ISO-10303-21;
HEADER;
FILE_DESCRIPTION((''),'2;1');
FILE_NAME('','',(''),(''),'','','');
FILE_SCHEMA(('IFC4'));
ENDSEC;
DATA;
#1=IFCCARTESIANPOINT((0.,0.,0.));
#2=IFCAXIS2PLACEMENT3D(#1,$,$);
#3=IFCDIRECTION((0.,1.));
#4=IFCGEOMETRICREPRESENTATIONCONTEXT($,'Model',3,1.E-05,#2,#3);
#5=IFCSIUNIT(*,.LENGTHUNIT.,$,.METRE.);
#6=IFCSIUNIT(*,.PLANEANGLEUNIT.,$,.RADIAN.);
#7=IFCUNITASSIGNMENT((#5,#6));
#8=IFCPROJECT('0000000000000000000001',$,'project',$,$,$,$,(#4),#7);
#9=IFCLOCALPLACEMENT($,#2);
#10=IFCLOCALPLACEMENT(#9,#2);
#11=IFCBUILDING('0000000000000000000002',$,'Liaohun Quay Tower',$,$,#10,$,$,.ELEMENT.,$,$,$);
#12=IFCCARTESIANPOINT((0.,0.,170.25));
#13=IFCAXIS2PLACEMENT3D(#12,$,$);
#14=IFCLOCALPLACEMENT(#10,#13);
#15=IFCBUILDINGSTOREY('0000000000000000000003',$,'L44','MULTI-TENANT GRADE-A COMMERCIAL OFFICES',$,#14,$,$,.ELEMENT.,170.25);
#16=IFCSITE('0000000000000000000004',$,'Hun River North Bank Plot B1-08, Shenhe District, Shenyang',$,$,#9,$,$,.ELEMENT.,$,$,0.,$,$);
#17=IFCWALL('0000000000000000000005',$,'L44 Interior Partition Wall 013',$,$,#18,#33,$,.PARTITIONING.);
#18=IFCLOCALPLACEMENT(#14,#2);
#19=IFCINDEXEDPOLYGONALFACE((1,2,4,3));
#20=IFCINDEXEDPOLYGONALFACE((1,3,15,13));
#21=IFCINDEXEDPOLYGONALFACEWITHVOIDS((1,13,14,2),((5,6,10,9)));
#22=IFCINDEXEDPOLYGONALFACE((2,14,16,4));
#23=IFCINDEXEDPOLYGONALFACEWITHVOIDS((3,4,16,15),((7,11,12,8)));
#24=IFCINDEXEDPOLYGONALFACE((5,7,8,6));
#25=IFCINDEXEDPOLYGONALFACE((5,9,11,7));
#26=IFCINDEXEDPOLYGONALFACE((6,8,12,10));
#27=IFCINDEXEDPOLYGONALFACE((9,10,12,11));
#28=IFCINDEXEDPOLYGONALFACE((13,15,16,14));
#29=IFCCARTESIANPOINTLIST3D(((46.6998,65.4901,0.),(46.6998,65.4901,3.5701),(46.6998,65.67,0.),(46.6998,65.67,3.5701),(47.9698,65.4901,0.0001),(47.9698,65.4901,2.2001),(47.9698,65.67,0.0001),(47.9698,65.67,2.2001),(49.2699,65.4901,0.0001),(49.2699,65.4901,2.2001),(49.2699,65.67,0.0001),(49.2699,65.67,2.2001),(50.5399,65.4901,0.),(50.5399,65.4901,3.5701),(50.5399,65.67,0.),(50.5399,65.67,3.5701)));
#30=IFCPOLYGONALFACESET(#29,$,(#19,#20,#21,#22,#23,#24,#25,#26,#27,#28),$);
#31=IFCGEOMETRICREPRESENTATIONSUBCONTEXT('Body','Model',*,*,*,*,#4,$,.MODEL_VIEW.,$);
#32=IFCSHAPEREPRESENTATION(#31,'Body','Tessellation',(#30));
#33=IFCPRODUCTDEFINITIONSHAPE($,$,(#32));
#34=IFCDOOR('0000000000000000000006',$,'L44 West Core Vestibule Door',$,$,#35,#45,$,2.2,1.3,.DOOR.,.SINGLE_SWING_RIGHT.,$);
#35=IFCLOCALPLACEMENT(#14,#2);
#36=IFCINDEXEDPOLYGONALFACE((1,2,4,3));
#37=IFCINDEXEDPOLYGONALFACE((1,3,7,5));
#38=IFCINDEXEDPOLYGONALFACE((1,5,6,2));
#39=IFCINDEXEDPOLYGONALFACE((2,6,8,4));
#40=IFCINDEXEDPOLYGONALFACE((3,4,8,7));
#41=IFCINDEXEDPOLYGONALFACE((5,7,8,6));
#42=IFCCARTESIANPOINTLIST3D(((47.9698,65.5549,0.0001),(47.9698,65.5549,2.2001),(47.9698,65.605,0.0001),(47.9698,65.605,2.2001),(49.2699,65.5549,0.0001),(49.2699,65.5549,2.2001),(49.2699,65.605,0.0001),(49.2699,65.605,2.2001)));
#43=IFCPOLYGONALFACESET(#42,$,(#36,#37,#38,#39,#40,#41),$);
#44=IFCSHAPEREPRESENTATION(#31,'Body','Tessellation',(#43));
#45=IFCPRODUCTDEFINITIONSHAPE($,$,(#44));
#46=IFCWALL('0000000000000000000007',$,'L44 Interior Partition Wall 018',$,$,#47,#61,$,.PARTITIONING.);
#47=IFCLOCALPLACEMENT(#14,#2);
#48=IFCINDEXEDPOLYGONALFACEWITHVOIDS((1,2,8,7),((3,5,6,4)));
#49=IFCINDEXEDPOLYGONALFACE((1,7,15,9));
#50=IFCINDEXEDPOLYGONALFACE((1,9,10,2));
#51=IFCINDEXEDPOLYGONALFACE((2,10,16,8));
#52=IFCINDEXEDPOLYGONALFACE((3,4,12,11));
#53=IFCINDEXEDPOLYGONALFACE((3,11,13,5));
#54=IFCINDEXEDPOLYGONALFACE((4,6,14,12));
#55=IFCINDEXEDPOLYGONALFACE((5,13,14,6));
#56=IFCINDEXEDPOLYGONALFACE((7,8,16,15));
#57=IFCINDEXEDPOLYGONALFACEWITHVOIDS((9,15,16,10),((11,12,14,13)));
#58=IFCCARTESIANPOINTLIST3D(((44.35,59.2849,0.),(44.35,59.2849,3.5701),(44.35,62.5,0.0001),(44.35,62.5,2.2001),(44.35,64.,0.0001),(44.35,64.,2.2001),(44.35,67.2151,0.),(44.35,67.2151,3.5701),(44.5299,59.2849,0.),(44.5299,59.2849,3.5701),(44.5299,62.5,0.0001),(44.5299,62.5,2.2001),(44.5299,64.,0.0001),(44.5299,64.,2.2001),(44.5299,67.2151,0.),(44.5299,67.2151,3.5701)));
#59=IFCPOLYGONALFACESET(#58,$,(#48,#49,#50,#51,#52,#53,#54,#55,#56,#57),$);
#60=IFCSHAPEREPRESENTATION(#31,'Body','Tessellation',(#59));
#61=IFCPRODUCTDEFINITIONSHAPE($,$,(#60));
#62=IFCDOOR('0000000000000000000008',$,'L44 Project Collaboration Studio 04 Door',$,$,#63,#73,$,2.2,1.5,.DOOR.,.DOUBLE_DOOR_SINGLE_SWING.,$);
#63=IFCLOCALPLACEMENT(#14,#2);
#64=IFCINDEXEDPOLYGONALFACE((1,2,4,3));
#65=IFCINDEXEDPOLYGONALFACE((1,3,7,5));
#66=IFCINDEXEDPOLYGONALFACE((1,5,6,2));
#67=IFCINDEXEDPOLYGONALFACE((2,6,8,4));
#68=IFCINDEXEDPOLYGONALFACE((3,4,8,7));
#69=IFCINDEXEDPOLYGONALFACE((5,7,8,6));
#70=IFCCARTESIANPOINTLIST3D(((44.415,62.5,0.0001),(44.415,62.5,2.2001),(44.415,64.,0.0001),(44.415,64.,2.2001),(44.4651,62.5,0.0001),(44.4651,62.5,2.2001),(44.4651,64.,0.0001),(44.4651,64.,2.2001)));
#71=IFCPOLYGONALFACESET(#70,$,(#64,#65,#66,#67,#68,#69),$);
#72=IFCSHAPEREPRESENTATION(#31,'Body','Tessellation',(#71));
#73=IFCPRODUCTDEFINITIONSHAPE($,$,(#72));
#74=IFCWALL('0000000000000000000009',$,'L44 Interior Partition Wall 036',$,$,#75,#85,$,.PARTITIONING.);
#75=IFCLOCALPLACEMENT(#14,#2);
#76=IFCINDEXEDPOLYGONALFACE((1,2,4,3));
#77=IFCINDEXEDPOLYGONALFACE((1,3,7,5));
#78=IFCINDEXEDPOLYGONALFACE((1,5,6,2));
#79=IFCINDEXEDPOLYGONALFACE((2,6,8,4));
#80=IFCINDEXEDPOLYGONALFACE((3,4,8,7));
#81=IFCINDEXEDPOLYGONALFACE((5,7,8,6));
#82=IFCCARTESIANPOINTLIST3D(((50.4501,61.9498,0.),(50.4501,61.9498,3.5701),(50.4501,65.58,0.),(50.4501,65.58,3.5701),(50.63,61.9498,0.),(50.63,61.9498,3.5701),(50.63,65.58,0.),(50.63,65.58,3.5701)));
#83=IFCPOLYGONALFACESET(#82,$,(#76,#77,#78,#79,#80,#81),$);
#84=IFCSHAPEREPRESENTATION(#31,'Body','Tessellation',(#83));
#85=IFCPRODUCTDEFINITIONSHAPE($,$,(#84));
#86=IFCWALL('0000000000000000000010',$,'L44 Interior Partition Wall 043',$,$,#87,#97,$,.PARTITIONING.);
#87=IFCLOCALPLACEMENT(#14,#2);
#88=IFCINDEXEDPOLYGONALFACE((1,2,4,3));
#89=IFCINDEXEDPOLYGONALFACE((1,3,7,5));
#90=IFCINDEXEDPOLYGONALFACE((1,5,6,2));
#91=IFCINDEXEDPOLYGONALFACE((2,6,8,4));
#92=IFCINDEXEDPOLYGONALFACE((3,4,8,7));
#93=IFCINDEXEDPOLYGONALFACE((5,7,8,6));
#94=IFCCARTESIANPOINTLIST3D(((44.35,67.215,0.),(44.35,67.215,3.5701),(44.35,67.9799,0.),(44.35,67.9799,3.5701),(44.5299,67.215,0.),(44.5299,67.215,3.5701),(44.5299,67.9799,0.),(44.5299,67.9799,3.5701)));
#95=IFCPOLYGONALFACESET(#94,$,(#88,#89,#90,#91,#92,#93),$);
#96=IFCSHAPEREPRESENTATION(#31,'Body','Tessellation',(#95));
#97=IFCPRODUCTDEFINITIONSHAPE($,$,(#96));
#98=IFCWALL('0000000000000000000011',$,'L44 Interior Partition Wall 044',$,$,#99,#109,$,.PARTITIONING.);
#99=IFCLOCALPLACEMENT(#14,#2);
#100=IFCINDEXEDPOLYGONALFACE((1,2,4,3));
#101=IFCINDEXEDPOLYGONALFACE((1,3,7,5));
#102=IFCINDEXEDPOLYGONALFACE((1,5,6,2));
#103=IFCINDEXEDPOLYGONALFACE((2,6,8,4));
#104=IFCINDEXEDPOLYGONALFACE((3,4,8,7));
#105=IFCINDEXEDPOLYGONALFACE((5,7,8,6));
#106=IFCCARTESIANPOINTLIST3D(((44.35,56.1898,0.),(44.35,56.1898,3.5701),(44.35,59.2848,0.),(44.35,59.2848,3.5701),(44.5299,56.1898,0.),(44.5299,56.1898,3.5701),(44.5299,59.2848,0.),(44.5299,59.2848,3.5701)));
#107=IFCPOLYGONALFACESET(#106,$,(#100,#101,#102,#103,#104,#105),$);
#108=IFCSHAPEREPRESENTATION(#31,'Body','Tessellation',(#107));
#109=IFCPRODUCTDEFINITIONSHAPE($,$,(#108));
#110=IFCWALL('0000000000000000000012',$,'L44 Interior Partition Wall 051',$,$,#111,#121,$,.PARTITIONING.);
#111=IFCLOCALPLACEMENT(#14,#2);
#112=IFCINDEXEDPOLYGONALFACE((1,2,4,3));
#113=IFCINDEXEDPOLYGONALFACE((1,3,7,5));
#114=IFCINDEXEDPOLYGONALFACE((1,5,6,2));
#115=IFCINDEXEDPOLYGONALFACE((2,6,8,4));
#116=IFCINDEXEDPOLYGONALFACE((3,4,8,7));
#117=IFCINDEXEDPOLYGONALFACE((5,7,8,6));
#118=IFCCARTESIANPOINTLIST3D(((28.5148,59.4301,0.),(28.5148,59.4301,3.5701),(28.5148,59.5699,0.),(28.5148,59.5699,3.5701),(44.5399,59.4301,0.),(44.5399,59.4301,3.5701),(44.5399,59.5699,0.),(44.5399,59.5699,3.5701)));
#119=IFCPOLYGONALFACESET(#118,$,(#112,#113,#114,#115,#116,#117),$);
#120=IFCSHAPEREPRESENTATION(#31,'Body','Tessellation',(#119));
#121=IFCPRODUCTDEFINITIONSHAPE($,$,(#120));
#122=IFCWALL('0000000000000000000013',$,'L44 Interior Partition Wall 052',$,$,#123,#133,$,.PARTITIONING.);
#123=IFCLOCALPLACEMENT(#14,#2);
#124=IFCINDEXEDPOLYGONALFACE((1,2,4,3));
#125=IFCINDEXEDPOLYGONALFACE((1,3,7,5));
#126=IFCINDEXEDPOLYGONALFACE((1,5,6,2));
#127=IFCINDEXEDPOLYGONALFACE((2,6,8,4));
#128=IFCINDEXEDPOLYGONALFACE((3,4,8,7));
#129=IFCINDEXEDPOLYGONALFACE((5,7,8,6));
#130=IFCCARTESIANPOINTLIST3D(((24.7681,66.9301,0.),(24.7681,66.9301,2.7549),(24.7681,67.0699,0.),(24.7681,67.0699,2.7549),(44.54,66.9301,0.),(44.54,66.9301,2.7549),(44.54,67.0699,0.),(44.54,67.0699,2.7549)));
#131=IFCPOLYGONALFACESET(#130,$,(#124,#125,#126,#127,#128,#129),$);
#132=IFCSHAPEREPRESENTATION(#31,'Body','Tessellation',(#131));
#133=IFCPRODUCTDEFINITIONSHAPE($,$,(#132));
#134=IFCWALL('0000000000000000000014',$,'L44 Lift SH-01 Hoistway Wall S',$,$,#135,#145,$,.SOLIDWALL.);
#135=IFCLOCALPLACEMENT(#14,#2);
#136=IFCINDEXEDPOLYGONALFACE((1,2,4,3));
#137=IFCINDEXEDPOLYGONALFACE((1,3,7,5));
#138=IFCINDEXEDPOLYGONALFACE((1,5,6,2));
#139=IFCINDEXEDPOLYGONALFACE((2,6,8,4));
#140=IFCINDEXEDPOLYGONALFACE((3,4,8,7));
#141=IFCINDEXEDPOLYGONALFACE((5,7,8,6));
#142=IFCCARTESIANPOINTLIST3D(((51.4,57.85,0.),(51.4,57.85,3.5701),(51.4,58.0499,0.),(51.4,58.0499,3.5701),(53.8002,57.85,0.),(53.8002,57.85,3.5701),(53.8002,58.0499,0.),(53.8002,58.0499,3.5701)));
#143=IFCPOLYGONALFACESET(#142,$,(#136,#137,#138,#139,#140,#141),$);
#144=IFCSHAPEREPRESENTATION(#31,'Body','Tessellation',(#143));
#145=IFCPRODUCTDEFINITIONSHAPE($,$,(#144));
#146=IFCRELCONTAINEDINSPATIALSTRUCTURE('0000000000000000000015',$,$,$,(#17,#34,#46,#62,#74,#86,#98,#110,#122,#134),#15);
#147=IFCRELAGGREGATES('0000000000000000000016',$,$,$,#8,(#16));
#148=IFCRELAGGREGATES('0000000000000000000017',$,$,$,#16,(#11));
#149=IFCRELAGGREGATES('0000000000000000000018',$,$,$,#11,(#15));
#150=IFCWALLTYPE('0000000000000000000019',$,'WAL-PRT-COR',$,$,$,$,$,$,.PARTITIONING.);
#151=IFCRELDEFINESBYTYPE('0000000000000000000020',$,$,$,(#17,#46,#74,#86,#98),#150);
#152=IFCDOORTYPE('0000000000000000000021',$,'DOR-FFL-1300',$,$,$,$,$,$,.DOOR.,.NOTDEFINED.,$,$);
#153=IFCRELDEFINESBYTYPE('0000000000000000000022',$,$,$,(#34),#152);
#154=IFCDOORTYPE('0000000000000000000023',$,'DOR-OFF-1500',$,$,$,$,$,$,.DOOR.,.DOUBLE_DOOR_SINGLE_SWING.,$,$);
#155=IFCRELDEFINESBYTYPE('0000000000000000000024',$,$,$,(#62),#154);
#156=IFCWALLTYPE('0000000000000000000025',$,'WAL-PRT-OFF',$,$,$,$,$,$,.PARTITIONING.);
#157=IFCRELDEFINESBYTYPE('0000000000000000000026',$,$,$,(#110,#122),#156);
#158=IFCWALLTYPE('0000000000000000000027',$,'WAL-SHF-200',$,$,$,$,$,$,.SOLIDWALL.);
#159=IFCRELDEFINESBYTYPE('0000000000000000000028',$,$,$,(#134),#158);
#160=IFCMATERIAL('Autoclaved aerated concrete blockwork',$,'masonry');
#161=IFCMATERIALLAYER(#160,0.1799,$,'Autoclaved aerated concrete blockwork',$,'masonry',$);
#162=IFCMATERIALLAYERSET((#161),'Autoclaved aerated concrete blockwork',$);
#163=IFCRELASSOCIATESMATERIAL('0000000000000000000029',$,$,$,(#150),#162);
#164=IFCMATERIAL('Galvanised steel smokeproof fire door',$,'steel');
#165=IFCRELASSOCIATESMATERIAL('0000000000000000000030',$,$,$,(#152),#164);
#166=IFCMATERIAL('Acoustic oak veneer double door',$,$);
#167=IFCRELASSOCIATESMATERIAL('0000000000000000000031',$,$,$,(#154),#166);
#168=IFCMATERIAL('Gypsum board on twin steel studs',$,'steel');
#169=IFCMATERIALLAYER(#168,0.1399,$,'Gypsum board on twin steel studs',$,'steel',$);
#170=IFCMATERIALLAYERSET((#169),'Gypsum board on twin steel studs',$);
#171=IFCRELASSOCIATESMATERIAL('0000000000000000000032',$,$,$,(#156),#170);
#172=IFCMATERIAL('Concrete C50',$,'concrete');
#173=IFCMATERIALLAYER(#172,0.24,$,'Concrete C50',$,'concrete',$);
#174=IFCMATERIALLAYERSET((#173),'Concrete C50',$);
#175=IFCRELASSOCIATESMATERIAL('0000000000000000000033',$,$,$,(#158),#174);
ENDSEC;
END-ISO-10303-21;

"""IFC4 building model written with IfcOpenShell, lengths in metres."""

from ifc_helpers import new_model, si_unit, direction, frame, frame_2d, origin, place, context, subcontext, project, spatial, rectangle, extrude, source, transform, mapped, material, layer, layer_set, type_object, element, fill, save


model = new_model("IFC4")

# Units and contexts
model_context = context("Model", 3, precision=1e-05, world=origin(), true_north=direction((0.0, 1.0)))
body_context = subcontext(model_context, "Body", "Model", "MODEL_VIEW")
ifc_project = project(units=[si_unit("LENGTHUNIT", "METRE"), si_unit("PLANEANGLEUNIT", "RADIAN")], contexts=[model_context])

# Site, building, storey
site_placement = place(None, origin())
site = spatial("IfcSite", under=ifc_project, at=site_placement, Name="Hun River North Bank Plot B1-08, Shenhe District, Shenyang", CompositionType="ELEMENT", RefElevation=0.0)
building_placement = place(site_placement, origin())
building = spatial("IfcBuilding", under=site, at=building_placement, Name="Liaohun Quay Tower", CompositionType="ELEMENT")
storey_placement = place(building_placement, frame((0.0, 0.0, 170.25)))
storey = spatial("IfcBuildingStorey", under=building, at=storey_placement, Name="L44", Description="MULTI-TENANT GRADE-A COMMERCIAL OFFICES", CompositionType="ELEMENT", Elevation=170.25)

# Walls, openings, doors
ifc_material_1 = material(Name="Autoclaved aerated concrete blockwork", Category="masonry")
ifc_layer_1 = layer(ifc_material_1, 0.1799, Name="Autoclaved aerated concrete blockwork", Category="masonry")
ifc_layer_set_1 = layer_set([ifc_layer_1], Name="Autoclaved aerated concrete blockwork")
wall_type_1 = type_object("IfcWallType", Name="WAL-PRT-COR", PredefinedType="PARTITIONING", material=ifc_layer_set_1)
wall_1_placement = place(storey_placement, frame((46.7, 65.5801, 0.0), z_axis=(0.0, 0.0, 1.0), x_axis=(1.0, 0.0, 0.0)))
wall_1 = element("IfcWall", 1, at=wall_1_placement, inside=storey, type_object=wall_type_1, Name="L44 Interior Partition Wall 013", PredefinedType="PARTITIONING", context=body_context, shape_type="SweptSolid", body=[
    extrude(rectangle(XDim=3.8401, YDim=0.1799, at=frame_2d((1.9199, 0.0))), origin(), (0.0, 0.0, 1.0), 3.5701),
])
shared_shape_1 = source(origin(), body_context, "Body", "SweptSolid", [
    extrude(rectangle(XDim=1.3, YDim=2.2, at=frame_2d((0.6499, 1.1001))), frame((0.0, 0.0999, 0.0), z_axis=(0.0, -1.0, 0.0), x_axis=(1.0, 0.0, 0.0)), (0.0, 0.0, 1.0), 0.2),
])
opening_1_placement = place(wall_1_placement, frame((1.27, 0.0, 0.0)))
opening_1 = element("IfcOpeningElement", 2, at=opening_1_placement, cuts=wall_1, PredefinedType="OPENING", context=body_context, shape_type="MappedRepresentation", body=[
    mapped(shared_shape_1, transform((0.0, 0.0, 0.0), x_axis=(1.0, 0.0, 0.0), y_axis=(0.0, 1.0, 0.0), z_axis=(0.0, 0.0, 1.0), scale=1.0)),
])
ifc_material_2 = material(Name="Galvanised steel smokeproof fire door", Category="steel")
door_type_1 = type_object("IfcDoorType", Name="DOR-FFL-1300", OperationType="NOTDEFINED", PredefinedType="DOOR", material=ifc_material_2)
shared_shape_2 = source(origin(), body_context, "Body", "SweptSolid", [
    extrude(rectangle(XDim=1.3, YDim=2.2, at=frame_2d((0.6499, 1.1001))), frame((0.0, 0.0249, 0.0), z_axis=(0.0, -1.0, 0.0), x_axis=(1.0, 0.0, 0.0)), (0.0, 0.0, 1.0), 0.05),
])
door_1_placement = place(opening_1_placement, origin())
door_1 = element("IfcDoor", 3, at=door_1_placement, inside=storey, type_object=door_type_1, Name="L44 West Core Vestibule Door", OperationType="SINGLE_SWING_RIGHT", OverallHeight=2.2, OverallWidth=1.3, PredefinedType="DOOR", context=body_context, shape_type="MappedRepresentation", body=[
    mapped(shared_shape_2, transform((0.0, 0.0, 0.0), x_axis=(1.0, 0.0, 0.0), y_axis=(0.0, 1.0, 0.0), z_axis=(0.0, 0.0, 1.0), scale=1.0)),
])
fill(opening_1, door_1)
wall_2_placement = place(storey_placement, frame((44.4399, 59.2849, 0.0), z_axis=(0.0, 0.0, 1.0), x_axis=(0.0, 1.0, 0.0)))
wall_2 = element("IfcWall", 4, at=wall_2_placement, inside=storey, type_object=wall_type_1, Name="L44 Interior Partition Wall 018", PredefinedType="PARTITIONING", context=body_context, shape_type="SweptSolid", body=[
    extrude(rectangle(XDim=7.9302, YDim=0.1799, at=frame_2d((3.9651, 0.0))), origin(), (0.0, 0.0, 1.0), 3.5701),
])
shared_shape_3 = source(origin(), body_context, "Body", "SweptSolid", [
    extrude(rectangle(XDim=1.5, YDim=2.2, at=frame_2d((0.75, 1.1001))), frame((0.0, 0.0999, 0.0), z_axis=(0.0, -1.0, 0.0), x_axis=(1.0, 0.0, 0.0)), (0.0, 0.0, 1.0), 0.2),
])
opening_2_placement = place(wall_2_placement, frame((3.2151, 0.0, 0.0)))
opening_2 = element("IfcOpeningElement", 5, at=opening_2_placement, cuts=wall_2, PredefinedType="OPENING", context=body_context, shape_type="MappedRepresentation", body=[
    mapped(shared_shape_3, transform((0.0, 0.0, 0.0), x_axis=(1.0, 0.0, 0.0), y_axis=(0.0, 1.0, 0.0), z_axis=(0.0, 0.0, 1.0), scale=1.0)),
])
ifc_material_3 = material(Name="Acoustic oak veneer double door")
door_type_2 = type_object("IfcDoorType", Name="DOR-OFF-1500", OperationType="DOUBLE_DOOR_SINGLE_SWING", PredefinedType="DOOR", material=ifc_material_3)
shared_shape_4 = source(origin(), body_context, "Body", "SweptSolid", [
    extrude(rectangle(XDim=1.5, YDim=2.2, at=frame_2d((0.75, 1.1001))), frame((0.0, 0.0249, 0.0), z_axis=(0.0, -1.0, 0.0), x_axis=(1.0, 0.0, 0.0)), (0.0, 0.0, 1.0), 0.05),
])
door_2_placement = place(opening_2_placement, origin())
door_2 = element("IfcDoor", 6, at=door_2_placement, inside=storey, type_object=door_type_2, Name="L44 Project Collaboration Studio 04 Door", OperationType="DOUBLE_DOOR_SINGLE_SWING", OverallHeight=2.2, OverallWidth=1.5, PredefinedType="DOOR", context=body_context, shape_type="MappedRepresentation", body=[
    mapped(shared_shape_4, transform((0.0, 0.0, 0.0), x_axis=(1.0, 0.0, 0.0), y_axis=(0.0, 1.0, 0.0), z_axis=(0.0, 0.0, 1.0), scale=1.0)),
])
fill(opening_2, door_2)

# Walls
wall_3_placement = place(storey_placement, frame((50.54, 61.95, 0.0), z_axis=(0.0, 0.0, 1.0), x_axis=(0.0, 1.0, 0.0)))
element("IfcWall", 7, at=wall_3_placement, inside=storey, type_object=wall_type_1, Name="L44 Interior Partition Wall 036", PredefinedType="PARTITIONING", context=body_context, shape_type="SweptSolid", body=[
    extrude(rectangle(XDim=3.6301, YDim=0.1799, at=frame_2d((1.8149, 0.0))), origin(), (0.0, 0.0, 1.0), 3.5701),
])
wall_4_placement = place(storey_placement, frame((44.4399, 67.2151, 0.0), z_axis=(0.0, 0.0, 1.0), x_axis=(0.0, 1.0, 0.0)))
element("IfcWall", 8, at=wall_4_placement, inside=storey, type_object=wall_type_1, Name="L44 Interior Partition Wall 043", PredefinedType="PARTITIONING", context=body_context, shape_type="SweptSolid", body=[
    extrude(rectangle(XDim=0.7649, YDim=0.1799, at=frame_2d((0.3823, 0.0))), origin(), (0.0, 0.0, 1.0), 3.5701),
])
wall_5_placement = place(storey_placement, frame((44.4399, 56.1899, 0.0), z_axis=(0.0, 0.0, 1.0), x_axis=(0.0, 1.0, 0.0)))
element("IfcWall", 9, at=wall_5_placement, inside=storey, type_object=wall_type_1, Name="L44 Interior Partition Wall 044", PredefinedType="PARTITIONING", context=body_context, shape_type="SweptSolid", body=[
    extrude(rectangle(XDim=3.095, YDim=0.1799, at=frame_2d((1.5474, 0.0))), origin(), (0.0, 0.0, 1.0), 3.5701),
])
ifc_material_4 = material(Name="Gypsum board on twin steel studs", Category="steel")
ifc_layer_2 = layer(ifc_material_4, 0.1399, Name="Gypsum board on twin steel studs", Category="steel")
ifc_layer_set_2 = layer_set([ifc_layer_2], Name="Gypsum board on twin steel studs")
wall_type_2 = type_object("IfcWallType", Name="WAL-PRT-OFF", PredefinedType="PARTITIONING", material=ifc_layer_set_2)
wall_6_placement = place(storey_placement, frame((44.54, 59.5, 0.0), z_axis=(0.0, 0.0, 1.0), x_axis=(-1.0, 0.0, 0.0)))
element("IfcWall", 10, at=wall_6_placement, inside=storey, type_object=wall_type_2, Name="L44 Interior Partition Wall 051", PredefinedType="PARTITIONING", context=body_context, shape_type="SweptSolid", body=[
    extrude(rectangle(XDim=16.0251, YDim=0.1399, at=frame_2d((8.0127, 0.0))), origin(), (0.0, 0.0, 1.0), 3.5701),
])
wall_7_placement = place(storey_placement, frame((44.54, 67.0, 0.0), z_axis=(0.0, 0.0, 1.0), x_axis=(-1.0, 0.0, 0.0)))
element("IfcWall", 11, at=wall_7_placement, inside=storey, type_object=wall_type_2, Name="L44 Interior Partition Wall 052", PredefinedType="PARTITIONING", context=body_context, shape_type="SweptSolid", body=[
    extrude(rectangle(XDim=19.772, YDim=0.1399, at=frame_2d((9.886, 0.0))), origin(), (0.0, 0.0, 1.0), 2.7549),
])
ifc_material_5 = material(Name="Concrete C50", Category="concrete")
ifc_layer_3 = layer(ifc_material_5, 0.24, Name="Concrete C50", Category="concrete")
ifc_layer_set_3 = layer_set([ifc_layer_3], Name="Concrete C50")
wall_type_3 = type_object("IfcWallType", Name="WAL-SHF-200", PredefinedType="SOLIDWALL", material=ifc_layer_set_3)
wall_8_placement = place(storey_placement, frame((51.3999, 57.95, 0.0), z_axis=(0.0, 0.0, 1.0), x_axis=(1.0, 0.0, 0.0)))
element("IfcWall", 12, at=wall_8_placement, inside=storey, type_object=wall_type_3, Name="L44 Lift SH-01 Hoistway Wall S", PredefinedType="SOLIDWALL", context=body_context, shape_type="SweptSolid", body=[
    extrude(rectangle(XDim=2.4001, YDim=0.2, at=frame_2d((1.2002, 0.0))), origin(), (0.0, 0.0, 1.0), 3.5701),
])

save(model, "model.ifc")
